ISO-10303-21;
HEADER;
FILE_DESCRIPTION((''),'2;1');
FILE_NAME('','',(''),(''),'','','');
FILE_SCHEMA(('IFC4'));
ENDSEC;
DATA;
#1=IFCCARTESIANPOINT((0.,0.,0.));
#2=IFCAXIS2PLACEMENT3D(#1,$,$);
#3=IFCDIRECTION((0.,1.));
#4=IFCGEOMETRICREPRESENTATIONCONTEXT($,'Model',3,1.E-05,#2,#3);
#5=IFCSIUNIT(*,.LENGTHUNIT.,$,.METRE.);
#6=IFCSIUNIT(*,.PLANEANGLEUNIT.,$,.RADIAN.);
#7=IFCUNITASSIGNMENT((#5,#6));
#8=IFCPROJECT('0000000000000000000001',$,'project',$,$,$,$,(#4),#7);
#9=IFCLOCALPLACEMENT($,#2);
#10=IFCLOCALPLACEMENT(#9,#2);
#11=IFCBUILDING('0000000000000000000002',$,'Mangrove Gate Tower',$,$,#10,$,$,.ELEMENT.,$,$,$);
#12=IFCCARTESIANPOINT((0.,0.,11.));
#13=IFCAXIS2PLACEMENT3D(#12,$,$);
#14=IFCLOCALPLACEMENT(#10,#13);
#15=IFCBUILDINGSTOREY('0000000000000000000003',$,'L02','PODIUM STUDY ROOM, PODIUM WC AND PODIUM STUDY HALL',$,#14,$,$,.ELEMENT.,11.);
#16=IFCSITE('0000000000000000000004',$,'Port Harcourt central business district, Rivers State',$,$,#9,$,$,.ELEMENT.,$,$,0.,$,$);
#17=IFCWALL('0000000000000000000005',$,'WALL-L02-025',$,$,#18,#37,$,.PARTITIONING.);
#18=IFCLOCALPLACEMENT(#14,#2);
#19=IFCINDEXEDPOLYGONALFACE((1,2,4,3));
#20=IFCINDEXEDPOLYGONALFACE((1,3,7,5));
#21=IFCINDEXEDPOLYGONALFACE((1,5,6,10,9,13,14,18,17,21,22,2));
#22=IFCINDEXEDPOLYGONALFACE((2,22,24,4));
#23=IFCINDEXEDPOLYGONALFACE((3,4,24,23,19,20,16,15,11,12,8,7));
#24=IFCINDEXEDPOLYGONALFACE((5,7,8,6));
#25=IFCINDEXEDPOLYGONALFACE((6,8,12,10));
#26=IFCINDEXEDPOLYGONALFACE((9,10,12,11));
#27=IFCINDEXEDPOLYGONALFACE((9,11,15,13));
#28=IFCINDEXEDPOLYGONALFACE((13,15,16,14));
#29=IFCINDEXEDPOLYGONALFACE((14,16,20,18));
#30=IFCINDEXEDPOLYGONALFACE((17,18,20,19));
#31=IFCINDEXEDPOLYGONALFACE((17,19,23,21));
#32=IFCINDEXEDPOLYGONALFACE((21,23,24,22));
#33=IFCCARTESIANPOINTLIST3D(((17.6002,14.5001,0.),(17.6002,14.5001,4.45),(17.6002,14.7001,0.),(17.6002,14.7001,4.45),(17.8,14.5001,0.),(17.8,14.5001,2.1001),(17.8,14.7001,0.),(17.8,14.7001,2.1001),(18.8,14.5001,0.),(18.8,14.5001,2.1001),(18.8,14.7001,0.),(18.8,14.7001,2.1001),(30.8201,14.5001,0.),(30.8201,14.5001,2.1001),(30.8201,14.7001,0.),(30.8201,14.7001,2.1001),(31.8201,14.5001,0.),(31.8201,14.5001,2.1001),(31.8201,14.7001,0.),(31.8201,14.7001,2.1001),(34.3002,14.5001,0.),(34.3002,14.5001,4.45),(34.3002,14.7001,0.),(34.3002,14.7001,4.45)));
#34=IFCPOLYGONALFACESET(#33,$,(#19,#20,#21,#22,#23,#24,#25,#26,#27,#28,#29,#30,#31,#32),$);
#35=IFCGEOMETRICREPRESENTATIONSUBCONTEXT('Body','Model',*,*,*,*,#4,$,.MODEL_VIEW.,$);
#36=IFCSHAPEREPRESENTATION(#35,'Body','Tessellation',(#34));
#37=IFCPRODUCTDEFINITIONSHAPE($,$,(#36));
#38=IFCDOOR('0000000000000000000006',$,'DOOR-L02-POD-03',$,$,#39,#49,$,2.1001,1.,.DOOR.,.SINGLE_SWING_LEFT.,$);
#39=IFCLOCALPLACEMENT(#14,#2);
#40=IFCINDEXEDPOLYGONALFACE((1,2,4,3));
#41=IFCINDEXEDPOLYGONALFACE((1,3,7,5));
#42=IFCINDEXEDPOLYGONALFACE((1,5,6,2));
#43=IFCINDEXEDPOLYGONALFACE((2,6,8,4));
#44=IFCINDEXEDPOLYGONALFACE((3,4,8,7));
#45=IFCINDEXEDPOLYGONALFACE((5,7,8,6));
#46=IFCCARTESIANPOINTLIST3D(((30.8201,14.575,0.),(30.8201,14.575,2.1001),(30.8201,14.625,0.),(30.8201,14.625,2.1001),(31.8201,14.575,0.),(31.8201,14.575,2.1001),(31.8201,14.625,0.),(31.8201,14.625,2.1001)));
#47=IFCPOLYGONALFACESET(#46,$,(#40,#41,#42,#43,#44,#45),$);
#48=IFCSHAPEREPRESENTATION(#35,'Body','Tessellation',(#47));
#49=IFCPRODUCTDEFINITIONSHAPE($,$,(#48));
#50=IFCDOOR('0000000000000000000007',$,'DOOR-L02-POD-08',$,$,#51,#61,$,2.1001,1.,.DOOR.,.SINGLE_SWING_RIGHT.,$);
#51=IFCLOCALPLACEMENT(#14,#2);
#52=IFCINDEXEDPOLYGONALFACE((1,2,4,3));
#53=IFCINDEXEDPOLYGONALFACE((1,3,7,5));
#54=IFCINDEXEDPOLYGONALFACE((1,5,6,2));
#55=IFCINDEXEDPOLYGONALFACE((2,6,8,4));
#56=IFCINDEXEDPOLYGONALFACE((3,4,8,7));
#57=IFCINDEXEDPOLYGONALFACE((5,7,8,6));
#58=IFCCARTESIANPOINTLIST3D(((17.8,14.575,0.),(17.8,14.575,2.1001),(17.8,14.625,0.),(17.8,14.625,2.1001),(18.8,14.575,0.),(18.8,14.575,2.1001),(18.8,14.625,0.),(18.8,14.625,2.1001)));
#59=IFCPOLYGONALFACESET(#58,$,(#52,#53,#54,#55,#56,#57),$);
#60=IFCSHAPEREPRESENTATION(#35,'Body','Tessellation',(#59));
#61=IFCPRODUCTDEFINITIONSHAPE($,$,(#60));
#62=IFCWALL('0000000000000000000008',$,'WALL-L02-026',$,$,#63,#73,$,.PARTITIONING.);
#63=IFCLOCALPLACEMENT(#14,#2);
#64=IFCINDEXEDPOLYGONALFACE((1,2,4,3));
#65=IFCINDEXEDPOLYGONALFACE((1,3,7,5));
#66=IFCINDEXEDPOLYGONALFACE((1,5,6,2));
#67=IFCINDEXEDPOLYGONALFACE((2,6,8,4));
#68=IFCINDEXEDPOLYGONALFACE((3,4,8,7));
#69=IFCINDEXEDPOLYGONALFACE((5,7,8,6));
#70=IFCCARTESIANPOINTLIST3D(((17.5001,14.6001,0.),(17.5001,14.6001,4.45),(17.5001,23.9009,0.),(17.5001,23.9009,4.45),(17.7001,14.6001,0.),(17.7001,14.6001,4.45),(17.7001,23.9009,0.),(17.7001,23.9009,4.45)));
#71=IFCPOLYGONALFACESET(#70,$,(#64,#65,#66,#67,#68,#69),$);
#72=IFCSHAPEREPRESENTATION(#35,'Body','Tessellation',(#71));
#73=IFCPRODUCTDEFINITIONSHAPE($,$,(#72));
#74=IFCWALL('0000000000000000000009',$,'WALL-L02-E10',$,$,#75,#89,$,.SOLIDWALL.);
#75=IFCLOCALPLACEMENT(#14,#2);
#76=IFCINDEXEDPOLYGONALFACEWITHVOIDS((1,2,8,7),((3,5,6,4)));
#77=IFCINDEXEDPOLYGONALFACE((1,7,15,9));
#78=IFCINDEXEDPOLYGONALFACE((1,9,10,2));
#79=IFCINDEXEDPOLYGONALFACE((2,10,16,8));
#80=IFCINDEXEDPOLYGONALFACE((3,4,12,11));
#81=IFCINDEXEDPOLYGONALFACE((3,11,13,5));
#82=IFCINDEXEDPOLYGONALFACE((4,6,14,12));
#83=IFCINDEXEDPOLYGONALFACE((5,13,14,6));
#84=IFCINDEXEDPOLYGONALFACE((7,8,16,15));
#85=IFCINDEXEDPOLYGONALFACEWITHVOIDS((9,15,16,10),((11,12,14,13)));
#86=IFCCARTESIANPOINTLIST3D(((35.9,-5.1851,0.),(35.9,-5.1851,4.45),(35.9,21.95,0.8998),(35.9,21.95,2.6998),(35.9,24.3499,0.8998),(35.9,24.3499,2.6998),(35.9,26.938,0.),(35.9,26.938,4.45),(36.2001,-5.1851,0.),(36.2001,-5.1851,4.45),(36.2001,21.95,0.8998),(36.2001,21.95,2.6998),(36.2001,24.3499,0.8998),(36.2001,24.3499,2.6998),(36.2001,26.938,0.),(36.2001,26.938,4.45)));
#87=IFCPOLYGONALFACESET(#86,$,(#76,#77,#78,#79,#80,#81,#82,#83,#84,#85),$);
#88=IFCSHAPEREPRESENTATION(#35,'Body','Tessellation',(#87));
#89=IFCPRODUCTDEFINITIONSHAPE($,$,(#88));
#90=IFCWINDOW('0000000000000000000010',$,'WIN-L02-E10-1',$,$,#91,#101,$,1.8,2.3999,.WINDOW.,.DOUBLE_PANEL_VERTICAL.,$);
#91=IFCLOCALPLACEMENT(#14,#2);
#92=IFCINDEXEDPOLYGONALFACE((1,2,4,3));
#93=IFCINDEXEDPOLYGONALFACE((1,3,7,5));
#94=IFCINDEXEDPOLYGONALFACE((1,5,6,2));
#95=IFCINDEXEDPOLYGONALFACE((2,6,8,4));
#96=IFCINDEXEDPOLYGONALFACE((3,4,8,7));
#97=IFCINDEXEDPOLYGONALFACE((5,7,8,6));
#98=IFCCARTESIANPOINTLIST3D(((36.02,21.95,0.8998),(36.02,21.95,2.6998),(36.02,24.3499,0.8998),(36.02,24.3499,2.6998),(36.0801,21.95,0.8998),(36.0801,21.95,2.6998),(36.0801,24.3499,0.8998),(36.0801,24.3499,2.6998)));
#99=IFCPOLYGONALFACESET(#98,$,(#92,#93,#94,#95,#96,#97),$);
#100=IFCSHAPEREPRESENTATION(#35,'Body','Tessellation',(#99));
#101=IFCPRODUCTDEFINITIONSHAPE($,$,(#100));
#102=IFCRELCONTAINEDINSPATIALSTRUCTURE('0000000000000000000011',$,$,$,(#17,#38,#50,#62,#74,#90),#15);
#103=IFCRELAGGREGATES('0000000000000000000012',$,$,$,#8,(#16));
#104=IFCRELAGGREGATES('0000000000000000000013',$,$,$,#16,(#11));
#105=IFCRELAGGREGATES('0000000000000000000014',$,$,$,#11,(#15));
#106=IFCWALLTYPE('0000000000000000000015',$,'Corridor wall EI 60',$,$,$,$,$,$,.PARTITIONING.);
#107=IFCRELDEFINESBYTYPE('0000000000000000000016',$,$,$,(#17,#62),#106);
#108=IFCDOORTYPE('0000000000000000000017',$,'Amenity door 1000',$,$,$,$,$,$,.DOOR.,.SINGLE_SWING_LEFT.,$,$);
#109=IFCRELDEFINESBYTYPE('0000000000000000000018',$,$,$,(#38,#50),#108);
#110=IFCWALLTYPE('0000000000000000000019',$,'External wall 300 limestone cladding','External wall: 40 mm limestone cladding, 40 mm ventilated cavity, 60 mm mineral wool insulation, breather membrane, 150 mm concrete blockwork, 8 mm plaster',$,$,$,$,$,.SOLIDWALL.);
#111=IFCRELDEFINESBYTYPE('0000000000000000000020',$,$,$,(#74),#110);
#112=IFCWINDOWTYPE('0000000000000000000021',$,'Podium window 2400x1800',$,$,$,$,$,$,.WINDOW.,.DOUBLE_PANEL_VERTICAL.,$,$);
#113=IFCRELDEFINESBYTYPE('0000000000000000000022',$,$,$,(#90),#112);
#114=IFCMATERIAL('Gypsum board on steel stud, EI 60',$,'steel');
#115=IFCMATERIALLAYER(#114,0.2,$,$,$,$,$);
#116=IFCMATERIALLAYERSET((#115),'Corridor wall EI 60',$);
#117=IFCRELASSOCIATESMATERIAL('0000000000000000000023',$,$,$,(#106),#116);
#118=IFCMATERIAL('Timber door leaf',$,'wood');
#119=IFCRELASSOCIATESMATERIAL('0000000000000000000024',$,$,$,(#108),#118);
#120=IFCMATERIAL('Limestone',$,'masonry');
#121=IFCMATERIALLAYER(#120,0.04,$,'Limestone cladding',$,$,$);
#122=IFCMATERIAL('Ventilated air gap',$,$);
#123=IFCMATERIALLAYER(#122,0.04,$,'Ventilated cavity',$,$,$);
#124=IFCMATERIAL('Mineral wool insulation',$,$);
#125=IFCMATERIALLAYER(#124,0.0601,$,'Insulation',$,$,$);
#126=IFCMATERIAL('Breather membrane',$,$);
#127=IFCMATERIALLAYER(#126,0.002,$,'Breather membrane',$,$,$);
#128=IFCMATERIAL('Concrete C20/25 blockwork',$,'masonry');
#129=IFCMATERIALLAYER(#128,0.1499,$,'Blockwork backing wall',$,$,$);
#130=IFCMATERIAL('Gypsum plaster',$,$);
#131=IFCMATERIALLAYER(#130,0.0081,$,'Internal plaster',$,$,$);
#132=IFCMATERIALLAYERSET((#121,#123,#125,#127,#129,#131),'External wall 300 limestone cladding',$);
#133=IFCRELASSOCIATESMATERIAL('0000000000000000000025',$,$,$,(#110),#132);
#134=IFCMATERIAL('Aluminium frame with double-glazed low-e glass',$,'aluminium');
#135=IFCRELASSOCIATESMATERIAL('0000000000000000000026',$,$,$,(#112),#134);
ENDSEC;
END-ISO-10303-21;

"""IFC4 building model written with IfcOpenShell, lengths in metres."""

from ifc_helpers import new_model, si_unit, direction, frame, frame_2d, origin, place, context, subcontext, project, spatial, rectangle, extrude, material, layer, layer_set, type_object, element, fill, save


model = new_model("IFC4")

# Units and contexts
model_context = context("Model", 3, precision=1e-05, world=origin(), true_north=direction((0.0, 1.0)))
body_context = subcontext(model_context, "Body", "Model", "MODEL_VIEW")
ifc_project = project(units=[si_unit("LENGTHUNIT", "METRE"), si_unit("PLANEANGLEUNIT", "RADIAN")], contexts=[model_context])

# Site, building, storey
site_placement = place(None, origin())
site = spatial("IfcSite", under=ifc_project, at=site_placement, Name="Port Harcourt central business district, Rivers State", CompositionType="ELEMENT", RefElevation=0.0)
building_placement = place(site_placement, origin())
building = spatial("IfcBuilding", under=site, at=building_placement, Name="Mangrove Gate Tower", CompositionType="ELEMENT")
storey_placement = place(building_placement, frame((0.0, 0.0, 11.0)))
storey = spatial("IfcBuildingStorey", under=building, at=storey_placement, Name="L02", Description="PODIUM STUDY ROOM, PODIUM WC AND PODIUM STUDY HALL", CompositionType="ELEMENT", Elevation=11.0)

# Shared definitions
ifc_material_1 = material(Name="Gypsum board on steel stud, EI 60", Category="steel")
ifc_layer_1 = layer(ifc_material_1, 0.2)
ifc_layer_set_1 = layer_set([ifc_layer_1], Name="Corridor wall EI 60")
wall_type_1 = type_object("IfcWallType", Name="Corridor wall EI 60", PredefinedType="PARTITIONING", material=ifc_layer_set_1)

# Wall, openings, doors
wall_1_placement = place(storey_placement, frame((17.6001, 14.6001, 0.0), z_axis=(0.0, 0.0, 1.0), x_axis=(1.0, 0.0, 0.0)))
wall_1 = element("IfcWall", 1, at=wall_1_placement, inside=storey, type_object=wall_type_1, Name="WALL-L02-025", PredefinedType="PARTITIONING", context=body_context, shape_type="SweptSolid", body=[
    extrude(rectangle(XDim=16.7, YDim=0.2, at=frame_2d((8.3501, 0.0))), origin(), (0.0, 0.0, 1.0), 4.45),
])
opening_1_placement = place(wall_1_placement, frame((13.22, 0.0, 0.0)))
opening_1 = element("IfcOpeningElement", 2, at=opening_1_placement, cuts=wall_1, PredefinedType="OPENING", context=body_context, shape_type="SweptSolid", body=[
    extrude(rectangle(XDim=1.0, YDim=2.1001, at=frame_2d((0.5, 1.05))), frame((0.0, 0.1099, 0.0), z_axis=(0.0, -1.0, 0.0), x_axis=(1.0, 0.0, 0.0)), (0.0, 0.0, 1.0), 0.22),
])
opening_2_placement = place(wall_1_placement, frame((0.2, 0.0, 0.0)))
opening_2 = element("IfcOpeningElement", 3, at=opening_2_placement, cuts=wall_1, PredefinedType="OPENING", context=body_context, shape_type="SweptSolid", body=[
    extrude(rectangle(XDim=1.0, YDim=2.1001, at=frame_2d((0.5, 1.05))), frame((0.0, 0.1099, 0.0), z_axis=(0.0, -1.0, 0.0), x_axis=(1.0, 0.0, 0.0)), (0.0, 0.0, 1.0), 0.22),
])
ifc_material_2 = material(Name="Timber door leaf", Category="wood")
door_type = type_object("IfcDoorType", Name="Amenity door 1000", OperationType="SINGLE_SWING_LEFT", PredefinedType="DOOR", material=ifc_material_2)
door_1_placement = place(opening_1_placement, origin())
door_1 = element("IfcDoor", 4, at=door_1_placement, inside=storey, type_object=door_type, Name="DOOR-L02-POD-03", OperationType="SINGLE_SWING_LEFT", OverallHeight=2.1001, OverallWidth=1.0, PredefinedType="DOOR", context=body_context, shape_type="SweptSolid", body=[
    extrude(rectangle(XDim=1.0, YDim=2.1001, at=frame_2d((0.5, 1.05))), frame((0.0, 0.0249, 0.0), z_axis=(0.0, -1.0, 0.0), x_axis=(1.0, 0.0, 0.0)), (0.0, 0.0, 1.0), 0.05),
])
fill(opening_1, door_1)
door_2_placement = place(opening_2_placement, origin())
door_2 = element("IfcDoor", 5, at=door_2_placement, inside=storey, type_object=door_type, Name="DOOR-L02-POD-08", OperationType="SINGLE_SWING_RIGHT", OverallHeight=2.1001, OverallWidth=1.0, PredefinedType="DOOR", context=body_context, shape_type="SweptSolid", body=[
    extrude(rectangle(XDim=1.0, YDim=2.1001, at=frame_2d((0.5, 1.05))), frame((0.0, 0.0249, 0.0), z_axis=(0.0, -1.0, 0.0), x_axis=(1.0, 0.0, 0.0)), (0.0, 0.0, 1.0), 0.05),
])
fill(opening_2, door_2)

# Wall
wall_2_placement = place(storey_placement, frame((17.6001, 14.6001, 0.0), z_axis=(0.0, 0.0, 1.0), x_axis=(0.0, 1.0, 0.0)))
element("IfcWall", 6, at=wall_2_placement, inside=storey, type_object=wall_type_1, Name="WALL-L02-026", PredefinedType="PARTITIONING", context=body_context, shape_type="SweptSolid", body=[
    extrude(rectangle(XDim=9.3008, YDim=0.2, at=frame_2d((4.6504, 0.0))), origin(), (0.0, 0.0, 1.0), 4.45),
])

# Wall, opening, window
ifc_material_3 = material(Name="Limestone", Category="masonry")
ifc_layer_2 = layer(ifc_material_3, 0.04, Name="Limestone cladding")
ifc_material_4 = material(Name="Ventilated air gap")
ifc_layer_3 = layer(ifc_material_4, 0.04, Name="Ventilated cavity")
ifc_material_5 = material(Name="Mineral wool insulation")
ifc_layer_4 = layer(ifc_material_5, 0.0601, Name="Insulation")
ifc_material_6 = material(Name="Breather membrane")
ifc_layer_5 = layer(ifc_material_6, 0.002, Name="Breather membrane")
ifc_material_7 = material(Name="Concrete C20/25 blockwork", Category="masonry")
ifc_layer_6 = layer(ifc_material_7, 0.1499, Name="Blockwork backing wall")
ifc_material_8 = material(Name="Gypsum plaster")
ifc_layer_7 = layer(ifc_material_8, 0.0081, Name="Internal plaster")
ifc_layer_set_2 = layer_set([ifc_layer_2, ifc_layer_3, ifc_layer_4, ifc_layer_5, ifc_layer_6, ifc_layer_7], Name="External wall 300 limestone cladding")
wall_type_2 = type_object("IfcWallType", Name="External wall 300 limestone cladding", Description="External wall: 40 mm limestone cladding, 40 mm ventilated cavity, 60 mm mineral wool insulation, breather membrane, 150 mm concrete blockwork, 8 mm plaster", PredefinedType="SOLIDWALL", material=ifc_layer_set_2)
wall_3_placement = place(storey_placement, frame((36.05, -5.1851, 0.0), z_axis=(0.0, 0.0, 1.0), x_axis=(0.0, 1.0, 0.0)))
wall_3 = element("IfcWall", 7, at=wall_3_placement, inside=storey, type_object=wall_type_2, Name="WALL-L02-E10", PredefinedType="SOLIDWALL", context=body_context, shape_type="SweptSolid", body=[
    extrude(rectangle(XDim=32.123, YDim=0.3, at=frame_2d((16.0615, 0.0))), origin(), (0.0, 0.0, 1.0), 4.45),
])
opening_3_placement = place(wall_3_placement, frame((27.135, 0.0, 0.8999)))
opening_3 = element("IfcOpeningElement", 8, at=opening_3_placement, cuts=wall_3, PredefinedType="OPENING", context=body_context, shape_type="SweptSolid", body=[
    extrude(rectangle(XDim=2.3999, YDim=1.8, at=frame_2d((1.2, 0.8999))), frame((0.0, 0.1599, 0.0), z_axis=(0.0, -1.0, 0.0), x_axis=(1.0, 0.0, 0.0)), (0.0, 0.0, 1.0), 0.3201),
])
ifc_material_9 = material(Name="Aluminium frame with double-glazed low-e glass", Category="aluminium")
window_type = type_object("IfcWindowType", Name="Podium window 2400x1800", PartitioningType="DOUBLE_PANEL_VERTICAL", PredefinedType="WINDOW", material=ifc_material_9)
window_placement = place(opening_3_placement, origin())
window = element("IfcWindow", 9, at=window_placement, inside=storey, type_object=window_type, Name="WIN-L02-E10-1", OverallHeight=1.8, OverallWidth=2.3999, PartitioningType="DOUBLE_PANEL_VERTICAL", PredefinedType="WINDOW", context=body_context, shape_type="SweptSolid", body=[
    extrude(rectangle(XDim=2.3999, YDim=1.8, at=frame_2d((1.2, 0.8999))), frame((0.0, 0.03, 0.0), z_axis=(0.0, -1.0, 0.0), x_axis=(1.0, 0.0, 0.0)), (0.0, 0.0, 1.0), 0.0601),
])
fill(opening_3, window)

save(model, "model.ifc")
